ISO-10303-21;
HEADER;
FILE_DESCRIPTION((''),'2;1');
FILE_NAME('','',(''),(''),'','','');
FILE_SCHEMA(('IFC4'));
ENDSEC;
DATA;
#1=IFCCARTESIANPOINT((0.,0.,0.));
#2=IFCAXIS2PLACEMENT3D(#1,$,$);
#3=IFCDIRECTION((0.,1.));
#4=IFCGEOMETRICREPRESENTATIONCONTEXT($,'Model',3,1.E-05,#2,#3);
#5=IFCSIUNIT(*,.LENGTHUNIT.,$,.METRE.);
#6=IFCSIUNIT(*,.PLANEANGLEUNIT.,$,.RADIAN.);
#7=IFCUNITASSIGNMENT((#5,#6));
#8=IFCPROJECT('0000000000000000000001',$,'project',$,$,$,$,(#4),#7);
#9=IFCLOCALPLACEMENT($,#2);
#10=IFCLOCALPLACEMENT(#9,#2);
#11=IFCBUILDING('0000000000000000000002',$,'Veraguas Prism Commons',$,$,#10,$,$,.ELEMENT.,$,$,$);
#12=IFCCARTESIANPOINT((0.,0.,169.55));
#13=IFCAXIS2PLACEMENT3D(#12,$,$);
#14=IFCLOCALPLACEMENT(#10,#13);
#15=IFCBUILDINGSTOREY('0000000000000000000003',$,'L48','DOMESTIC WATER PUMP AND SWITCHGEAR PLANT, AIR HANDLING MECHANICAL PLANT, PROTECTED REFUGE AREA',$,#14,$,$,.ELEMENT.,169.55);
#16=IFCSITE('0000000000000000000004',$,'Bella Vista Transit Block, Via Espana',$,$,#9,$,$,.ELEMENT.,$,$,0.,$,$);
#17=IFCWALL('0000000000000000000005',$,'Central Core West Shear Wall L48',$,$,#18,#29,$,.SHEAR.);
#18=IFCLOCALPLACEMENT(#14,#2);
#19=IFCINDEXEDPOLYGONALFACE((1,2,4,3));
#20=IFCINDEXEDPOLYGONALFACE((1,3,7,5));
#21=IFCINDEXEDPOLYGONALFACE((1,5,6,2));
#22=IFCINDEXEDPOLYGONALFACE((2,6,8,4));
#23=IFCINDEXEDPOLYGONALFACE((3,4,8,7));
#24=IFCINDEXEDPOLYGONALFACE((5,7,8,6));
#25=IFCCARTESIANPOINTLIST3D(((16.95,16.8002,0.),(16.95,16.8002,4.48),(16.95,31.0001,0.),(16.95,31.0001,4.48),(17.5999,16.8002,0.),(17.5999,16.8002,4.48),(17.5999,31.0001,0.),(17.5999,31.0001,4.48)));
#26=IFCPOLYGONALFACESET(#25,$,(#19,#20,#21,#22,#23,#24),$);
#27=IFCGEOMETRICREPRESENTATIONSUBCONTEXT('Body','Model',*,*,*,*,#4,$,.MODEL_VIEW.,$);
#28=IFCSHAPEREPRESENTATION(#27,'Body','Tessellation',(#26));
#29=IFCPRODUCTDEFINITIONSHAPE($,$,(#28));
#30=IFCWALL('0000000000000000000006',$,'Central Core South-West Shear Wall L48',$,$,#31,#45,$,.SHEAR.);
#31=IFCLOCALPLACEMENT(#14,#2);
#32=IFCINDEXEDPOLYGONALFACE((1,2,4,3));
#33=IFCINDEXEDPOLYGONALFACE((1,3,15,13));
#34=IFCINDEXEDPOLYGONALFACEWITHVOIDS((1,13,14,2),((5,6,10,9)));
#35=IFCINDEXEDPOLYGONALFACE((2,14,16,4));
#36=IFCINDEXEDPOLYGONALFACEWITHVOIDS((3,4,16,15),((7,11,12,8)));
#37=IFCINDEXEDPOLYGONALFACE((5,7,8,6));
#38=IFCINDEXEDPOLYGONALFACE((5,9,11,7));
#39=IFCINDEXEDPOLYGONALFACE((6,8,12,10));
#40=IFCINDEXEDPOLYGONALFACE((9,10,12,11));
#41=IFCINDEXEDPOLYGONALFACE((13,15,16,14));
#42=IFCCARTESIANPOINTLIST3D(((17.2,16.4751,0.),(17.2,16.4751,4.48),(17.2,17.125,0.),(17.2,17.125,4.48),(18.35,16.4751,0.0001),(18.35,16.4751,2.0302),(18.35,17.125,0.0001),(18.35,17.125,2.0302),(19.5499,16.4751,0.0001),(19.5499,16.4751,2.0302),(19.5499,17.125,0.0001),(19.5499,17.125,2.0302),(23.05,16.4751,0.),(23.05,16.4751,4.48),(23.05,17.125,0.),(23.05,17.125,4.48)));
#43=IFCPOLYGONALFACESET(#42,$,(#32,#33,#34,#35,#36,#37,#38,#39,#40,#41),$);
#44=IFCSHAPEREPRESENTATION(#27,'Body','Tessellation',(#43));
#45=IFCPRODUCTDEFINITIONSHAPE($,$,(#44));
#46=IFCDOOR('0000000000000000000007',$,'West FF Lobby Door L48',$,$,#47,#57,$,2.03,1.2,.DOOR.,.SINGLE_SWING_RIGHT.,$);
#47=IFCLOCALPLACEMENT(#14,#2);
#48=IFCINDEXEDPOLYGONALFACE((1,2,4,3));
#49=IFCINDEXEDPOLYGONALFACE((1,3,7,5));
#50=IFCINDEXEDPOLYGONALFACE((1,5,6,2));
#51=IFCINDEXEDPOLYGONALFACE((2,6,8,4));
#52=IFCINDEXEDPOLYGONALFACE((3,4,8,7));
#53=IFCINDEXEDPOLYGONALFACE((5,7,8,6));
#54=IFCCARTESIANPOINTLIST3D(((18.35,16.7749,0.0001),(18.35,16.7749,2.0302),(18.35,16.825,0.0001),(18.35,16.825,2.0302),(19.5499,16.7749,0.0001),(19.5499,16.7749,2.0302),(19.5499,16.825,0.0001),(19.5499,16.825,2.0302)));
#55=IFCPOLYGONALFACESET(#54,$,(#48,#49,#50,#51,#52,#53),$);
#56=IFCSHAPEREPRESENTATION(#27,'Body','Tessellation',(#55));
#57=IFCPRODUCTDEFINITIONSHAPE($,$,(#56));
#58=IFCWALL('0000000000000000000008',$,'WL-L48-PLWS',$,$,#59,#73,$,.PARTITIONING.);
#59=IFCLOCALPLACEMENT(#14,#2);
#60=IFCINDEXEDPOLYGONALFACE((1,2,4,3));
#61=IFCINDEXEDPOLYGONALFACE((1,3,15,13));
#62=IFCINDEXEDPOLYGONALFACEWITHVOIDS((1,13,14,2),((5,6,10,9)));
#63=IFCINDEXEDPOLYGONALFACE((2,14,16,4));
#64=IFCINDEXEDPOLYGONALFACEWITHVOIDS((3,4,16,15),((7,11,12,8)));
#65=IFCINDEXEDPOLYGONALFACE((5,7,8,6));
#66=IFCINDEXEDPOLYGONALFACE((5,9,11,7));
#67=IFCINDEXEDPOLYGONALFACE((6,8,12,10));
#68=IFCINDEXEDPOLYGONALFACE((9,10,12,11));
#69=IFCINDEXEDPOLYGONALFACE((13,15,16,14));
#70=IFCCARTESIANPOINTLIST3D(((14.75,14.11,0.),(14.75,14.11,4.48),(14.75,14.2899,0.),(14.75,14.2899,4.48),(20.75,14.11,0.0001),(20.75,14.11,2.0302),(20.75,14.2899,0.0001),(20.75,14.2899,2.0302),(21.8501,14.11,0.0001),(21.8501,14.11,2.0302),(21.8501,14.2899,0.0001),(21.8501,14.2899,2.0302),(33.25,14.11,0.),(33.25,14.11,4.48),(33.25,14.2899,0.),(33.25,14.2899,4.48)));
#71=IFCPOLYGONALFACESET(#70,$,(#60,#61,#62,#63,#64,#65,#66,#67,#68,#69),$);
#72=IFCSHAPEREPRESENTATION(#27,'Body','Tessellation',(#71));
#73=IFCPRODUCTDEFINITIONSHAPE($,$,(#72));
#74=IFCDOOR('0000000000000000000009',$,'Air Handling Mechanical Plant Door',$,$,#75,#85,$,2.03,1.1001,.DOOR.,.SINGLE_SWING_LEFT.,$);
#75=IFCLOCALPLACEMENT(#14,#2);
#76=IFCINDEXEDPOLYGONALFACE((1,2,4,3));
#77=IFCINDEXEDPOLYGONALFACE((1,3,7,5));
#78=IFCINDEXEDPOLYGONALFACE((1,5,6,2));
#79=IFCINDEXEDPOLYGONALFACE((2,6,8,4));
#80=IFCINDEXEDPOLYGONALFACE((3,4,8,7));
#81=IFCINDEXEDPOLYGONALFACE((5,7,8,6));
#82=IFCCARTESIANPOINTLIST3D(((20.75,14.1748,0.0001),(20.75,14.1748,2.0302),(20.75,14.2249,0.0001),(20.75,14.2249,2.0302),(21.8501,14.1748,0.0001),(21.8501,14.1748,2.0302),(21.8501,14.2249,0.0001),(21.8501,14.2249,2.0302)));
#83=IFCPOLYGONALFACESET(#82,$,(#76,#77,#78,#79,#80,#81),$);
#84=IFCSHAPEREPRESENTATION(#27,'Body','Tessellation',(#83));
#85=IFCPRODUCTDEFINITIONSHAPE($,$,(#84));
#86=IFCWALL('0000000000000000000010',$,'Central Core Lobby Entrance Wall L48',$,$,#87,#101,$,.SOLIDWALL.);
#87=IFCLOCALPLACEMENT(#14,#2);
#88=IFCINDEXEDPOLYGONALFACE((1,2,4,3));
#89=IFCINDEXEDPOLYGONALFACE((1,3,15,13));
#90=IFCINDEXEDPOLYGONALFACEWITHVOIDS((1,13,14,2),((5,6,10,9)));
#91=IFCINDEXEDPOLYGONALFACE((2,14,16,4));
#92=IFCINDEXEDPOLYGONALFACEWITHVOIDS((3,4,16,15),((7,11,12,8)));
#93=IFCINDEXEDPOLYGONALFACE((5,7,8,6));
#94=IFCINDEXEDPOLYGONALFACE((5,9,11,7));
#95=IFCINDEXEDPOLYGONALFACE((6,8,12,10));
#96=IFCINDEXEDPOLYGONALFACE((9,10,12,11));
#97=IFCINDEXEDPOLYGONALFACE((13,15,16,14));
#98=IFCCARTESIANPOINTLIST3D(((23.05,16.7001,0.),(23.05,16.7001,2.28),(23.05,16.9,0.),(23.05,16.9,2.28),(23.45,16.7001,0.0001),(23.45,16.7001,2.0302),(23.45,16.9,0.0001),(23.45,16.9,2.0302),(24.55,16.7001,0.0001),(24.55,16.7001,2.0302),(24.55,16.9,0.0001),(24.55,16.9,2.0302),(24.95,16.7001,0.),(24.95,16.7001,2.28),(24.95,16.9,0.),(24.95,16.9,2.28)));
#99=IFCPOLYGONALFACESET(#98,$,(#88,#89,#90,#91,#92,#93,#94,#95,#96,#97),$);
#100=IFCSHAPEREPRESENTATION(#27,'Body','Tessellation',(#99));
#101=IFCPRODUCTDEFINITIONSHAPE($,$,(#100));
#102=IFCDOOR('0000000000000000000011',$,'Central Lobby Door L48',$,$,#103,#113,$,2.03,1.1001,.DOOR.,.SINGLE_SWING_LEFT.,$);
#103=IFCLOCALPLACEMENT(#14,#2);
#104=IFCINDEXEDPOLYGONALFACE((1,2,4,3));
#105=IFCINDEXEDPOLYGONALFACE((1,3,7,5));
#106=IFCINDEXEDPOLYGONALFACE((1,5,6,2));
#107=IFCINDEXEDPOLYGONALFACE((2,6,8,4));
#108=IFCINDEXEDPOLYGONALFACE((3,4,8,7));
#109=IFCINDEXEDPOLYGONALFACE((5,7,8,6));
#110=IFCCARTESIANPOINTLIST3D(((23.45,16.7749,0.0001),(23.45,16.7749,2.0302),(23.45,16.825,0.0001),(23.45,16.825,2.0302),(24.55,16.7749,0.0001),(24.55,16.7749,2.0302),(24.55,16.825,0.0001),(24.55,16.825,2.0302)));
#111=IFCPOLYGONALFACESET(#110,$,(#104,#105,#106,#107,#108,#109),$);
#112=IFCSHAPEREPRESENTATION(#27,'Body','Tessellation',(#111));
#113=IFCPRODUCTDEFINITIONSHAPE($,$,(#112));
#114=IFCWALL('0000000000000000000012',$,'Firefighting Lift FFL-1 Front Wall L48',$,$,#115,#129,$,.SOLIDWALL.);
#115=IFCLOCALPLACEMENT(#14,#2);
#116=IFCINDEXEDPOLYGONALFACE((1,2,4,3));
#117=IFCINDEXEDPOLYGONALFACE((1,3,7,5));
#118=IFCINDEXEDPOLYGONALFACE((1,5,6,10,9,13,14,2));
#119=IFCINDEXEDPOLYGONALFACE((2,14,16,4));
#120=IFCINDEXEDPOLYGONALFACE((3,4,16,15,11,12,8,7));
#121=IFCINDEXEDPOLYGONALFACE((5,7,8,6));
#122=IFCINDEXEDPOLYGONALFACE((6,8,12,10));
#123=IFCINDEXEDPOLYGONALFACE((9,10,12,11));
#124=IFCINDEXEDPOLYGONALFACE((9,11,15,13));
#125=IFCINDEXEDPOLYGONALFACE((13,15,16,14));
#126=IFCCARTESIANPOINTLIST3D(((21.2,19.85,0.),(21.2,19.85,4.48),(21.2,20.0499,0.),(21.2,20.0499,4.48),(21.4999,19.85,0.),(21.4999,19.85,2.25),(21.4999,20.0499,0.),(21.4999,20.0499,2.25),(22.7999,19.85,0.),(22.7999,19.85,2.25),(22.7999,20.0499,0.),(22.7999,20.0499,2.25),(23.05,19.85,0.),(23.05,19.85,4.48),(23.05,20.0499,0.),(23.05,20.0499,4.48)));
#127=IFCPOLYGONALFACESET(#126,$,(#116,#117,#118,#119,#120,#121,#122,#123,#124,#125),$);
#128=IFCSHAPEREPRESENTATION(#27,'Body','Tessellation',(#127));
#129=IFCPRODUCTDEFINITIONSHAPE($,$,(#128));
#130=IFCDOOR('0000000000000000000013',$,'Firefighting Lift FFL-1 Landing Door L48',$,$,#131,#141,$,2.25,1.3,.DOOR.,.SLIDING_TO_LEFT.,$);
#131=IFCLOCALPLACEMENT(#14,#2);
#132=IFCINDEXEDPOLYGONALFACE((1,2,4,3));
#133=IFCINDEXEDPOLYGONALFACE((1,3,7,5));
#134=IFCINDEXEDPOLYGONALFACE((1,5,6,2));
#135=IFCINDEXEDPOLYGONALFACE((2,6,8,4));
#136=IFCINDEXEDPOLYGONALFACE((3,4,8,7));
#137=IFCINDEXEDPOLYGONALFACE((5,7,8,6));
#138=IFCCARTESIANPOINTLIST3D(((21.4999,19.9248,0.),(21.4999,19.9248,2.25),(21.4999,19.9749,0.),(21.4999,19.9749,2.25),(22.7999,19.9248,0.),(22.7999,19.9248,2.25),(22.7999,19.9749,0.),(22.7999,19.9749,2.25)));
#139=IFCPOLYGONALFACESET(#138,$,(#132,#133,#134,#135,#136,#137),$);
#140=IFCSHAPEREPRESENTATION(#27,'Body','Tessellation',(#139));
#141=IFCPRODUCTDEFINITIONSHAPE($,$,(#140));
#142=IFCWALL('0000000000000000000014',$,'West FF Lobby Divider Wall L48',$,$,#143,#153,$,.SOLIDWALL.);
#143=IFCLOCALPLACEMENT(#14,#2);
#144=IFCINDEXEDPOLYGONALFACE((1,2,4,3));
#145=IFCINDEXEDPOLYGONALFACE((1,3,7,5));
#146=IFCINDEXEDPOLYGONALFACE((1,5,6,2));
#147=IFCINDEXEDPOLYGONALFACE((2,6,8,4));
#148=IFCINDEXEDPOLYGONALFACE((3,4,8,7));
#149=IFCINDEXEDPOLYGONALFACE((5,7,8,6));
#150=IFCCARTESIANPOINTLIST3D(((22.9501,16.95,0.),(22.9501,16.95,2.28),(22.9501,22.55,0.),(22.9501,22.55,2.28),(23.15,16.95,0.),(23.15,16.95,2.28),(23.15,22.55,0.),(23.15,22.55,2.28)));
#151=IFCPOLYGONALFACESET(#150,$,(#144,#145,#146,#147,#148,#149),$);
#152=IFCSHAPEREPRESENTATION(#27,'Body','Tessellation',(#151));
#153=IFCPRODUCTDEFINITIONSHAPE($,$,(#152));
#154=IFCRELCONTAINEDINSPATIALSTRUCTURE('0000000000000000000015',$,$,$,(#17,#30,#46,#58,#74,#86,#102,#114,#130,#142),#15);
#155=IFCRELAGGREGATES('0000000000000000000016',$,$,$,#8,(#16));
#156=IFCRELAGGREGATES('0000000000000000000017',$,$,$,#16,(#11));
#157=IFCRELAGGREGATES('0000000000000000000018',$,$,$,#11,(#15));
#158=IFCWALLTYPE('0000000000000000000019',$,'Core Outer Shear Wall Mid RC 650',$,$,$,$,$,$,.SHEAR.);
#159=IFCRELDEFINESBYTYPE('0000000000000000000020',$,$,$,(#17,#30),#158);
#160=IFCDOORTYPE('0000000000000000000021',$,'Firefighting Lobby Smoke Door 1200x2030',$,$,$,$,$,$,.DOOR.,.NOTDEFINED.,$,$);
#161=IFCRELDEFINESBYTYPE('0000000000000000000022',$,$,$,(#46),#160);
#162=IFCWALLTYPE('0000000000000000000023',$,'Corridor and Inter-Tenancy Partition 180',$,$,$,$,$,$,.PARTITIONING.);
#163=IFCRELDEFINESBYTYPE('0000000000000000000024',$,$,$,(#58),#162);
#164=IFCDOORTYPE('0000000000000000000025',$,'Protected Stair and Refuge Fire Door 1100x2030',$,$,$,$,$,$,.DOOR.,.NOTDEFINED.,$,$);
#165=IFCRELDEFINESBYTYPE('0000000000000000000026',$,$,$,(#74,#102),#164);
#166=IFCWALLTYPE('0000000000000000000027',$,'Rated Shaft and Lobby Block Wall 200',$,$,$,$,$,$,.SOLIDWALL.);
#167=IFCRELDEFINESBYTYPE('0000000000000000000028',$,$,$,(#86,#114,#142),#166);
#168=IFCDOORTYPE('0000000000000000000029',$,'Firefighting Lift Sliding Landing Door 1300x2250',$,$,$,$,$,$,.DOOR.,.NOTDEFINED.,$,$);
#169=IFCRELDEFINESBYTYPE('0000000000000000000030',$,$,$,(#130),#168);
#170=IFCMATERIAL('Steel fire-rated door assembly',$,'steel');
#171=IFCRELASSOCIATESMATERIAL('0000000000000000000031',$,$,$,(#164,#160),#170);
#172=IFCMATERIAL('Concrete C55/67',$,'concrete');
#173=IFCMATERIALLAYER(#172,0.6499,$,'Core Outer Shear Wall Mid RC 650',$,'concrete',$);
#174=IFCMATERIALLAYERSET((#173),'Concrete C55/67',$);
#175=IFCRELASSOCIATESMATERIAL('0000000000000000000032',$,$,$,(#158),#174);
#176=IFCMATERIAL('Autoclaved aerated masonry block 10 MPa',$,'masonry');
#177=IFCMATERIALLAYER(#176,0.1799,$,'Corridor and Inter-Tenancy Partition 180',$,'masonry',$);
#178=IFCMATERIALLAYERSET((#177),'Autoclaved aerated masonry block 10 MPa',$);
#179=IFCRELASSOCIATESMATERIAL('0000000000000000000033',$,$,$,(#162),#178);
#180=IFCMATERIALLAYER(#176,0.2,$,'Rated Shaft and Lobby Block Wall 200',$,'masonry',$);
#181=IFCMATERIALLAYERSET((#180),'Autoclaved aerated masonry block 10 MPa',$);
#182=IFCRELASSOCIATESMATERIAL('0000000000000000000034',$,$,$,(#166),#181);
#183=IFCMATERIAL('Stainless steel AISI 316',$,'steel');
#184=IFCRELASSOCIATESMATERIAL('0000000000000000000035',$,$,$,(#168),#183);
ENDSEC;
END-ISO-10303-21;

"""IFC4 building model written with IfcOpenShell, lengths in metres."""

from ifc_helpers import new_model, si_unit, direction, frame, frame_2d, origin, place, context, subcontext, project, spatial, rectangle, extrude, source, transform, mapped, material, layer, layer_set, type_object, element, fill, save


model = new_model("IFC4")

# Units and contexts
model_context = context("Model", 3, precision=1e-05, world=origin(), true_north=direction((0.0, 1.0)))
body_context = subcontext(model_context, "Body", "Model", "MODEL_VIEW")
ifc_project = project(units=[si_unit("LENGTHUNIT", "METRE"), si_unit("PLANEANGLEUNIT", "RADIAN")], contexts=[model_context])

# Site, building, storey
site_placement = place(None, origin())
site = spatial("IfcSite", under=ifc_project, at=site_placement, Name="Bella Vista Transit Block, Via Espana", CompositionType="ELEMENT", RefElevation=0.0)
building_placement = place(site_placement, origin())
building = spatial("IfcBuilding", under=site, at=building_placement, Name="Veraguas Prism Commons", CompositionType="ELEMENT")
storey_placement = place(building_placement, frame((0.0, 0.0, 169.55)))
storey = spatial("IfcBuildingStorey", under=building, at=storey_placement, Name="L48", Description="DOMESTIC WATER PUMP AND SWITCHGEAR PLANT, AIR HANDLING MECHANICAL PLANT, PROTECTED REFUGE AREA", CompositionType="ELEMENT", Elevation=169.55)

# Shared definitions
ifc_material_1 = material(Name="Steel fire-rated door assembly", Category="steel")
door_type_1 = type_object("IfcDoorType", Name="Protected Stair and Refuge Fire Door 1100x2030", OperationType="NOTDEFINED", PredefinedType="DOOR", material=ifc_material_1)
shared_shape_1 = source(origin(), body_context, "Body", "SweptSolid", [
    extrude(rectangle(XDim=1.1001, YDim=2.03, at=frame_2d((0.55, 1.0151))), frame((0.0, 0.0249, 0.0), z_axis=(0.0, -1.0, 0.0), x_axis=(1.0, 0.0, 0.0)), (0.0, 0.0, 1.0), 0.05),
])

# Wall
ifc_material_2 = material(Name="Concrete C55/67", Category="concrete")
ifc_layer_1 = layer(ifc_material_2, 0.6499, Name="Core Outer Shear Wall Mid RC 650", Category="concrete")
ifc_layer_set_1 = layer_set([ifc_layer_1], Name="Concrete C55/67")
wall_type_1 = type_object("IfcWallType", Name="Core Outer Shear Wall Mid RC 650", PredefinedType="SHEAR", material=ifc_layer_set_1)
wall_1_placement = place(storey_placement, frame((17.2749, 16.8, 0.0), z_axis=(0.0, 0.0, 1.0), x_axis=(0.0, 1.0, 0.0)))
element("IfcWall", 1, at=wall_1_placement, inside=storey, type_object=wall_type_1, Name="Central Core West Shear Wall L48", PredefinedType="SHEAR", context=body_context, shape_type="SweptSolid", body=[
    extrude(rectangle(XDim=14.2, YDim=0.6499, at=frame_2d((7.1001, 0.0))), origin(), (0.0, 0.0, 1.0), 4.48),
])

# Walls, openings, doors
wall_2_placement = place(storey_placement, frame((17.2, 16.8, 0.0), z_axis=(0.0, 0.0, 1.0), x_axis=(1.0, 0.0, 0.0)))
wall_2 = element("IfcWall", 2, at=wall_2_placement, inside=storey, type_object=wall_type_1, Name="Central Core South-West Shear Wall L48", PredefinedType="SHEAR", context=body_context, shape_type="SweptSolid", body=[
    extrude(rectangle(XDim=5.8501, YDim=0.6499, at=frame_2d((2.925, 0.0))), origin(), (0.0, 0.0, 1.0), 4.48),
])
opening_1_placement = place(wall_2_placement, frame((1.1499, 0.0, 0.0)))
opening_1 = element("IfcOpeningElement", 3, at=opening_1_placement, cuts=wall_2, PredefinedType="OPENING", context=body_context, shape_type="SweptSolid", body=[
    extrude(rectangle(XDim=1.2, YDim=2.03, at=frame_2d((0.6001, 1.0151))), frame((0.0, 0.335, 0.0), z_axis=(0.0, -1.0, 0.0), x_axis=(1.0, 0.0, 0.0)), (0.0, 0.0, 1.0), 0.6699),
])
door_type_2 = type_object("IfcDoorType", Name="Firefighting Lobby Smoke Door 1200x2030", OperationType="NOTDEFINED", PredefinedType="DOOR", material=ifc_material_1)
shared_shape_2 = source(origin(), body_context, "Body", "SweptSolid", [
    extrude(rectangle(XDim=1.2, YDim=2.03, at=frame_2d((0.6001, 1.0151))), frame((0.0, 0.0249, 0.0), z_axis=(0.0, -1.0, 0.0), x_axis=(1.0, 0.0, 0.0)), (0.0, 0.0, 1.0), 0.05),
])
door_1_placement = place(opening_1_placement, origin())
door_1 = element("IfcDoor", 4, at=door_1_placement, inside=storey, type_object=door_type_2, Name="West FF Lobby Door L48", OperationType="SINGLE_SWING_RIGHT", OverallHeight=2.03, OverallWidth=1.2, PredefinedType="DOOR", context=body_context, shape_type="MappedRepresentation", body=[
    mapped(shared_shape_2, transform((0.0, 0.0, 0.0), scale=1.0)),
])
fill(opening_1, door_1)
ifc_material_3 = material(Name="Autoclaved aerated masonry block 10 MPa", Category="masonry")
ifc_layer_2 = layer(ifc_material_3, 0.1799, Name="Corridor and Inter-Tenancy Partition 180", Category="masonry")
ifc_layer_set_2 = layer_set([ifc_layer_2], Name="Autoclaved aerated masonry block 10 MPa")
wall_type_2 = type_object("IfcWallType", Name="Corridor and Inter-Tenancy Partition 180", PredefinedType="PARTITIONING", material=ifc_layer_set_2)
wall_3_placement = place(storey_placement, frame((14.75, 14.2, 0.0), z_axis=(0.0, 0.0, 1.0), x_axis=(1.0, 0.0, 0.0)))
wall_3 = element("IfcWall", 5, at=wall_3_placement, inside=storey, type_object=wall_type_2, Name="WL-L48-PLWS", PredefinedType="PARTITIONING", context=body_context, shape_type="SweptSolid", body=[
    extrude(rectangle(XDim=18.5, YDim=0.1799, at=frame_2d((9.25, 0.0))), origin(), (0.0, 0.0, 1.0), 4.48),
])
opening_2_placement = place(wall_3_placement, frame((6.0, 0.0, 0.0)))
opening_2 = element("IfcOpeningElement", 6, at=opening_2_placement, cuts=wall_3, PredefinedType="OPENING", context=body_context, shape_type="SweptSolid", body=[
    extrude(rectangle(XDim=1.1001, YDim=2.03, at=frame_2d((0.55, 1.0151))), frame((0.0, 0.0999, 0.0), z_axis=(0.0, -1.0, 0.0), x_axis=(1.0, 0.0, 0.0)), (0.0, 0.0, 1.0), 0.2),
])
door_2_placement = place(opening_2_placement, origin())
door_2 = element("IfcDoor", 7, at=door_2_placement, inside=storey, type_object=door_type_1, Name="Air Handling Mechanical Plant Door", OperationType="SINGLE_SWING_LEFT", OverallHeight=2.03, OverallWidth=1.1001, PredefinedType="DOOR", context=body_context, shape_type="MappedRepresentation", body=[
    mapped(shared_shape_1, transform((0.0, 0.0, 0.0), scale=1.0)),
])
fill(opening_2, door_2)
ifc_layer_3 = layer(ifc_material_3, 0.2, Name="Rated Shaft and Lobby Block Wall 200", Category="masonry")
ifc_layer_set_3 = layer_set([ifc_layer_3], Name="Autoclaved aerated masonry block 10 MPa")
wall_type_3 = type_object("IfcWallType", Name="Rated Shaft and Lobby Block Wall 200", PredefinedType="SOLIDWALL", material=ifc_layer_set_3)
wall_4_placement = place(storey_placement, frame((23.05, 16.8, 0.0), z_axis=(0.0, 0.0, 1.0), x_axis=(1.0, 0.0, 0.0)))
wall_4 = element("IfcWall", 8, at=wall_4_placement, inside=storey, type_object=wall_type_3, Name="Central Core Lobby Entrance Wall L48", PredefinedType="SOLIDWALL", context=body_context, shape_type="SweptSolid", body=[
    extrude(rectangle(XDim=1.8999, YDim=0.2, at=frame_2d((0.95, 0.0))), origin(), (0.0, 0.0, 1.0), 2.28),
])
opening_3_placement = place(wall_4_placement, frame((0.3999, 0.0, 0.0)))
opening_3 = element("IfcOpeningElement", 9, at=opening_3_placement, cuts=wall_4, PredefinedType="OPENING", context=body_context, shape_type="SweptSolid", body=[
    extrude(rectangle(XDim=1.1001, YDim=2.03, at=frame_2d((0.55, 1.0151))), frame((0.0, 0.1099, 0.0), z_axis=(0.0, -1.0, 0.0), x_axis=(1.0, 0.0, 0.0)), (0.0, 0.0, 1.0), 0.22),
])
door_3_placement = place(opening_3_placement, origin())
door_3 = element("IfcDoor", 10, at=door_3_placement, inside=storey, type_object=door_type_1, Name="Central Lobby Door L48", OperationType="SINGLE_SWING_LEFT", OverallHeight=2.03, OverallWidth=1.1001, PredefinedType="DOOR", context=body_context, shape_type="MappedRepresentation", body=[
    mapped(shared_shape_1, transform((0.0, 0.0, 0.0), scale=1.0)),
])
fill(opening_3, door_3)
wall_5_placement = place(storey_placement, frame((21.2, 19.95, 0.0), z_axis=(0.0, 0.0, 1.0), x_axis=(1.0, 0.0, 0.0)))
wall_5 = element("IfcWall", 11, at=wall_5_placement, inside=storey, type_object=wall_type_3, Name="Firefighting Lift FFL-1 Front Wall L48", PredefinedType="SOLIDWALL", context=body_context, shape_type="SweptSolid", body=[
    extrude(rectangle(XDim=1.8501, YDim=0.2, at=frame_2d((0.925, 0.0))), origin(), (0.0, 0.0, 1.0), 4.48),
])
opening_4_placement = place(wall_5_placement, frame((0.3, 0.0, 0.0)))
opening_4 = element("IfcOpeningElement", 12, at=opening_4_placement, cuts=wall_5, PredefinedType="OPENING", context=body_context, shape_type="SweptSolid", body=[
    extrude(rectangle(XDim=1.3, YDim=2.25, at=frame_2d((0.6499, 1.125))), frame((0.0, 0.1099, 0.0), z_axis=(0.0, -1.0, 0.0), x_axis=(1.0, 0.0, 0.0)), (0.0, 0.0, 1.0), 0.22),
])
ifc_material_4 = material(Name="Stainless steel AISI 316", Category="steel")
door_type_3 = type_object("IfcDoorType", Name="Firefighting Lift Sliding Landing Door 1300x2250", OperationType="NOTDEFINED", PredefinedType="DOOR", material=ifc_material_4)
shared_shape_3 = source(origin(), body_context, "Body", "SweptSolid", [
    extrude(rectangle(XDim=1.3, YDim=2.25, at=frame_2d((0.6499, 1.125))), frame((0.0, 0.0249, 0.0), z_axis=(0.0, -1.0, 0.0), x_axis=(1.0, 0.0, 0.0)), (0.0, 0.0, 1.0), 0.05),
])
door_4_placement = place(opening_4_placement, origin())
door_4 = element("IfcDoor", 13, at=door_4_placement, inside=storey, type_object=door_type_3, Name="Firefighting Lift FFL-1 Landing Door L48", OperationType="SLIDING_TO_LEFT", OverallHeight=2.25, OverallWidth=1.3, PredefinedType="DOOR", context=body_context, shape_type="MappedRepresentation", body=[
    mapped(shared_shape_3, transform((0.0, 0.0, 0.0), scale=1.0)),
])
fill(opening_4, door_4)

# Wall
wall_6_placement = place(storey_placement, frame((23.05, 16.95, 0.0), z_axis=(0.0, 0.0, 1.0), x_axis=(0.0, 1.0, 0.0)))
element("IfcWall", 14, at=wall_6_placement, inside=storey, type_object=wall_type_3, Name="West FF Lobby Divider Wall L48", PredefinedType="SOLIDWALL", context=body_context, shape_type="SweptSolid", body=[
    extrude(rectangle(XDim=5.6001, YDim=0.2, at=frame_2d((2.8, 0.0))), origin(), (0.0, 0.0, 1.0), 2.28),
])

save(model, "model.ifc")
